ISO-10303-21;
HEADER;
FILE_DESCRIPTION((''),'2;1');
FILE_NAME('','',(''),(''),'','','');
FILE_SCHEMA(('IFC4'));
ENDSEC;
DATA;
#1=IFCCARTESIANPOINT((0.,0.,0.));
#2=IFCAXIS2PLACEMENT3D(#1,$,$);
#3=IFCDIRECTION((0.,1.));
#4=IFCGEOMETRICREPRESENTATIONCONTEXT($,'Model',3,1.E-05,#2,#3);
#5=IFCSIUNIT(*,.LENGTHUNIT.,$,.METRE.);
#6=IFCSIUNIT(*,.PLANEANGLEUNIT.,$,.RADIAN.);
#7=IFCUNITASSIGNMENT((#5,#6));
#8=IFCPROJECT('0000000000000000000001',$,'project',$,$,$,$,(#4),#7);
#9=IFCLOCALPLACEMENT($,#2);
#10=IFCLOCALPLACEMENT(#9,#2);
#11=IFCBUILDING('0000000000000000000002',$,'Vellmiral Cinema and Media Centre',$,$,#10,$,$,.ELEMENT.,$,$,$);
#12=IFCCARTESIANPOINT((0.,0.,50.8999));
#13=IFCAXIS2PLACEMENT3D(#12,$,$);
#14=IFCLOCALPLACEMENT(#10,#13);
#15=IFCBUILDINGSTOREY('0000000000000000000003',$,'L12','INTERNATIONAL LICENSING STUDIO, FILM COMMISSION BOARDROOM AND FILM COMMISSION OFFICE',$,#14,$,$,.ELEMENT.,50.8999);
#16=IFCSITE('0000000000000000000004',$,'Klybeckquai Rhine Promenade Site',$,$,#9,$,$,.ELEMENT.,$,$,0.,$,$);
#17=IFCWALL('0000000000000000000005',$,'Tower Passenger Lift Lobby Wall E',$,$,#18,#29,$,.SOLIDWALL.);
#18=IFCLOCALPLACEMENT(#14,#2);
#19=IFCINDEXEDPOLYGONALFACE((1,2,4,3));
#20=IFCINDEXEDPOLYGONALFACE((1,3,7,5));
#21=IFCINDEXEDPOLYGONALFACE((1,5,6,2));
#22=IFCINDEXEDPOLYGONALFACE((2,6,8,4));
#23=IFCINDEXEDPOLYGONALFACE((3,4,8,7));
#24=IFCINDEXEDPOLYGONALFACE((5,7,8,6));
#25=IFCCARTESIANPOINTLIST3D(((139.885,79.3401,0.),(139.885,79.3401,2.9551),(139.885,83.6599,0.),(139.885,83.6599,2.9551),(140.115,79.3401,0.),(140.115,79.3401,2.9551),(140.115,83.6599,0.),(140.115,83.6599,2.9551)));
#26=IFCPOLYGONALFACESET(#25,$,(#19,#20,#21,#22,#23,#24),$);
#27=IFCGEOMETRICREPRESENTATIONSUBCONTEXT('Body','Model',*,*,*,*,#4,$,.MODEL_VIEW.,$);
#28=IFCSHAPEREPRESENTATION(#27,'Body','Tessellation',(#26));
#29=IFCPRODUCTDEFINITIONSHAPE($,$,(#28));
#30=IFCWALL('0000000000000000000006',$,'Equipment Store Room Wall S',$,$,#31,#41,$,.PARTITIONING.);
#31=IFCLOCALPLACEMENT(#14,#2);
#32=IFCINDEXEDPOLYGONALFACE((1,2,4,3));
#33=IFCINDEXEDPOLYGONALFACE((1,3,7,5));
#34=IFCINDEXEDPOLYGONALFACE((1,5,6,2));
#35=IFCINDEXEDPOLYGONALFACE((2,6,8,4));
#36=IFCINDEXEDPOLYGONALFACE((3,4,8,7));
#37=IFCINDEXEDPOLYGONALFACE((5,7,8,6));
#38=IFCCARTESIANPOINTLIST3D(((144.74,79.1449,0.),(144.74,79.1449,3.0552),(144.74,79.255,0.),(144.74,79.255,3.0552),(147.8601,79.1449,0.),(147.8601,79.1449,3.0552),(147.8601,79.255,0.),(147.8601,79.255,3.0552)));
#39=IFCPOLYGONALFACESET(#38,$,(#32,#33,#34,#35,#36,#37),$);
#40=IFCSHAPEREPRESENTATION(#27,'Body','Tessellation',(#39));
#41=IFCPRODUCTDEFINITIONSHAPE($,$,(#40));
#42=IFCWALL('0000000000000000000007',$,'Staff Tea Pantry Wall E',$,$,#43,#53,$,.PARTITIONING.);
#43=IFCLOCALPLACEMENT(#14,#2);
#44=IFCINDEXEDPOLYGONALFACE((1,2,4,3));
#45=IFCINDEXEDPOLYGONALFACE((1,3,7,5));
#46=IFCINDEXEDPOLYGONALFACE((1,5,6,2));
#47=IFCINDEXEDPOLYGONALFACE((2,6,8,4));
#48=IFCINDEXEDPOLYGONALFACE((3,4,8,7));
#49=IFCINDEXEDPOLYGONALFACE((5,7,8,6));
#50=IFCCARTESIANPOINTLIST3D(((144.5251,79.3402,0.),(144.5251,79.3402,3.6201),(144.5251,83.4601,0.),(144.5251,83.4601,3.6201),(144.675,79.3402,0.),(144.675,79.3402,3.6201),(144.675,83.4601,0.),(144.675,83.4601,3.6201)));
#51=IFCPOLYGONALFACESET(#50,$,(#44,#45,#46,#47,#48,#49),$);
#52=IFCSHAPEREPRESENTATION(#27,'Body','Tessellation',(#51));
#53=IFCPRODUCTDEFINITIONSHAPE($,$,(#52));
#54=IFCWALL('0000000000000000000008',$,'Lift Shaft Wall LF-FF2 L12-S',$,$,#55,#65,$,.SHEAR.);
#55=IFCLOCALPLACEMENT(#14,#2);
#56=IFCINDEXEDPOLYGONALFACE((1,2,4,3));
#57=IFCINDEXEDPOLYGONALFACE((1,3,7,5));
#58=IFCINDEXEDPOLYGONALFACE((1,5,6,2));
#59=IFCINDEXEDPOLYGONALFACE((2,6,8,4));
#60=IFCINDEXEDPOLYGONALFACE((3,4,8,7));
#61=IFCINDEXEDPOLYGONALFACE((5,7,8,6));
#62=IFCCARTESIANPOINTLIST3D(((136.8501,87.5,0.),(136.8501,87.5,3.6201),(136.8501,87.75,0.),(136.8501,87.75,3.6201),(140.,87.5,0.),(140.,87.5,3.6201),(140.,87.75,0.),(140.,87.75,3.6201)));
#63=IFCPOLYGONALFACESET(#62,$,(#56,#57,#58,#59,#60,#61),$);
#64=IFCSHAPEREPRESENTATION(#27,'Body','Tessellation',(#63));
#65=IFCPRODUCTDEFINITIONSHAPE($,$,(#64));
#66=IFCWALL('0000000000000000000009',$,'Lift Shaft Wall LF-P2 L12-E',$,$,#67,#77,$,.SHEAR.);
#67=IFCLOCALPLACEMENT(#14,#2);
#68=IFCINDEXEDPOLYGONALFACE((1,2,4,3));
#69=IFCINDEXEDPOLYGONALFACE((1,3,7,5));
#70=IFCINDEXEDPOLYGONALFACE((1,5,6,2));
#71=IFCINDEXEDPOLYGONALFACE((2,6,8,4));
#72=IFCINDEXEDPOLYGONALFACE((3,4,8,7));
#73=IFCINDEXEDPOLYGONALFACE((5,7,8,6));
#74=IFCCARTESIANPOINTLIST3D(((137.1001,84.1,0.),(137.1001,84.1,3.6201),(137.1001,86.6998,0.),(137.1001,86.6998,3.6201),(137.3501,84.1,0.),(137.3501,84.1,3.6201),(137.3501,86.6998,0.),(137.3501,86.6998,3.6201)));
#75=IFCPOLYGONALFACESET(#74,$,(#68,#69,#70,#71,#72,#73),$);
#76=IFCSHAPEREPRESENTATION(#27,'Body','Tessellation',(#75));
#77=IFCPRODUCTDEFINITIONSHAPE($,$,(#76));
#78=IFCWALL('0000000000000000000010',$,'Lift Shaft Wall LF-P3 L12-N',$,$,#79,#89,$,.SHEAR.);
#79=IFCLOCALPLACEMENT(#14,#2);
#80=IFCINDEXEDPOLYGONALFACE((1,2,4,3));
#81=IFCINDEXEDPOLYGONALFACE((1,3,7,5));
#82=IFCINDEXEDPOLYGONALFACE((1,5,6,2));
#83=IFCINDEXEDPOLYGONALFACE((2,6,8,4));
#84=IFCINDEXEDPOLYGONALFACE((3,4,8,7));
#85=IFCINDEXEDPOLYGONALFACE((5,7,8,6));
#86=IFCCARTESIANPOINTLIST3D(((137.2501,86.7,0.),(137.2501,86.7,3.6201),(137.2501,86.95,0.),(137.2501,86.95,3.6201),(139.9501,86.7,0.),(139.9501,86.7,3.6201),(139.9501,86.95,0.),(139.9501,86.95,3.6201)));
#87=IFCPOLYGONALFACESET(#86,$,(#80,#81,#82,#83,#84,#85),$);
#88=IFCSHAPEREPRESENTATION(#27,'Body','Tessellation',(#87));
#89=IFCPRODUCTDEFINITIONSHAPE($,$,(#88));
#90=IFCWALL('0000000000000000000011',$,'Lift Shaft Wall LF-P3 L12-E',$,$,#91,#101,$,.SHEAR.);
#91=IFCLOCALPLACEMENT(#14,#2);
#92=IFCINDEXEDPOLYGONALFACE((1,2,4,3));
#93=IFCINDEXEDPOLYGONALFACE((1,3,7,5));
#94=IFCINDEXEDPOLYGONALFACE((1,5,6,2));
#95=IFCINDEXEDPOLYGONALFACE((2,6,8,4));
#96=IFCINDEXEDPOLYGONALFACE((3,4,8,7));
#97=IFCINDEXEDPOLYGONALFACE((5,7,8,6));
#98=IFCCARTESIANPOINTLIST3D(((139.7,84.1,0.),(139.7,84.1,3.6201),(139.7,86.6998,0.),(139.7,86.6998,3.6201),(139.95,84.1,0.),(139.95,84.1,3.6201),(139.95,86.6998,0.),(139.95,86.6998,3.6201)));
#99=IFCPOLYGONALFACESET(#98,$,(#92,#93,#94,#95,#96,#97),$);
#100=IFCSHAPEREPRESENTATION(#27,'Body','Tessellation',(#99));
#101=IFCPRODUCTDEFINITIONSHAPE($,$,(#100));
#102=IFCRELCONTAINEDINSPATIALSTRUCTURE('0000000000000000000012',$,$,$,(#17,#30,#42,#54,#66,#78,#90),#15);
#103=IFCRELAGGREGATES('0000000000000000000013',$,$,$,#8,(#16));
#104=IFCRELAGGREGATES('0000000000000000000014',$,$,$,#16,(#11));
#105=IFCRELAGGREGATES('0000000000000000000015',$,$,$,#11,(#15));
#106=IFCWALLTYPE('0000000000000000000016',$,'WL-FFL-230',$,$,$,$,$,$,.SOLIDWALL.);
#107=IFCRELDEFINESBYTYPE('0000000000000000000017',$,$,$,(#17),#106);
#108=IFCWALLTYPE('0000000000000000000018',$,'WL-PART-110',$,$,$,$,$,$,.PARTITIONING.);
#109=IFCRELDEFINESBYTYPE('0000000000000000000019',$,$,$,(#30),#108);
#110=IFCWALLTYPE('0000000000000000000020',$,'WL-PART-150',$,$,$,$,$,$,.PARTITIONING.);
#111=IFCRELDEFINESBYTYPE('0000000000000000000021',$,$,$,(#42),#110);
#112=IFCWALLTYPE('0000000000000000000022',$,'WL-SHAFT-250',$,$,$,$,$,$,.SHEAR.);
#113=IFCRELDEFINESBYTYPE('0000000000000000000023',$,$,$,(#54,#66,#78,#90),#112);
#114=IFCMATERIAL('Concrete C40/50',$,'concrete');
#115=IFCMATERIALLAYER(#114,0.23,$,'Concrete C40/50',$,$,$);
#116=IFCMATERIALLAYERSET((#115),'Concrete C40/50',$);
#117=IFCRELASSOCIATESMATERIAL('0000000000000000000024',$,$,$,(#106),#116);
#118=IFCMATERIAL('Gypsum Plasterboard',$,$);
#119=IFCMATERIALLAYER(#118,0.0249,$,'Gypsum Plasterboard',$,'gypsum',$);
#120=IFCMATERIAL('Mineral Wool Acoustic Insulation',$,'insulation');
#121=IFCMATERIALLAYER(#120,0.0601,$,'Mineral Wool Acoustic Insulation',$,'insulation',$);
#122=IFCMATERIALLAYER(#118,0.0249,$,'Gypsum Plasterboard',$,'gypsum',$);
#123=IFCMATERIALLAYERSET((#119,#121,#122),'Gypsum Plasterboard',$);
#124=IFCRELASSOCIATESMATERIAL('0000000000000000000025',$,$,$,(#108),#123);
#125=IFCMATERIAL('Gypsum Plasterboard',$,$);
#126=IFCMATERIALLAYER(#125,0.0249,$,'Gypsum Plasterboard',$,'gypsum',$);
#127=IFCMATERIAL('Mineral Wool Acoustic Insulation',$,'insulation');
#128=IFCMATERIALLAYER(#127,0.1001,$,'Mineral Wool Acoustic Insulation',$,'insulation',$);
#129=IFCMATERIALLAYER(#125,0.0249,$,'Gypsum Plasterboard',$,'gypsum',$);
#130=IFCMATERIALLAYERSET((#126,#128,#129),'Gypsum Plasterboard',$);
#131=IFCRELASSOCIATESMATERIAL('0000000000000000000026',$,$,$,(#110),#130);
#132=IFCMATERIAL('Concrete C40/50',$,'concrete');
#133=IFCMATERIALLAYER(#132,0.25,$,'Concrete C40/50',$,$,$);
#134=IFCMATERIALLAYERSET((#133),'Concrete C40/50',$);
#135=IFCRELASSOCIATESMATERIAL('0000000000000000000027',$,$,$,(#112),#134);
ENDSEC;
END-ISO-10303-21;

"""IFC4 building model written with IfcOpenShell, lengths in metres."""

from ifc_helpers import new_model, si_unit, direction, frame, frame_2d, origin, place, context, subcontext, project, spatial, rectangle, extrude, material, layer, layer_set, type_object, element, save


model = new_model("IFC4")

# Units and contexts
model_context = context("Model", 3, precision=1e-05, world=origin(), true_north=direction((0.0, 1.0)))
body_context = subcontext(model_context, "Body", "Model", "MODEL_VIEW")
ifc_project = project(units=[si_unit("LENGTHUNIT", "METRE"), si_unit("PLANEANGLEUNIT", "RADIAN")], contexts=[model_context])

# Site, building, storey
site_placement = place(None, origin())
site = spatial("IfcSite", under=ifc_project, at=site_placement, Name="Klybeckquai Rhine Promenade Site", CompositionType="ELEMENT", RefElevation=0.0)
building_placement = place(site_placement, origin())
building = spatial("IfcBuilding", under=site, at=building_placement, Name="Vellmiral Cinema and Media Centre", CompositionType="ELEMENT")
storey_placement = place(building_placement, frame((0.0, 0.0, 50.8999)))
storey = spatial("IfcBuildingStorey", under=building, at=storey_placement, Name="L12", Description="INTERNATIONAL LICENSING STUDIO, FILM COMMISSION BOARDROOM AND FILM COMMISSION OFFICE", CompositionType="ELEMENT", Elevation=50.8999)

# Walls
ifc_material_1 = material(Name="Concrete C40/50", Category="concrete")
ifc_layer_1 = layer(ifc_material_1, 0.23, Name="Concrete C40/50")
ifc_layer_set_1 = layer_set([ifc_layer_1], Name="Concrete C40/50")
wall_type_1 = type_object("IfcWallType", Name="WL-FFL-230", PredefinedType="SOLIDWALL", material=ifc_layer_set_1)
wall_1_placement = place(storey_placement, frame((140.0, 79.3401, 0.0), z_axis=(0.0, 0.0, 1.0), x_axis=(0.0, 1.0, 0.0)))
element("IfcWall", 1, at=wall_1_placement, inside=storey, type_object=wall_type_1, Name="Tower Passenger Lift Lobby Wall E", PredefinedType="SOLIDWALL", context=body_context, shape_type="SweptSolid", body=[
    extrude(rectangle(XDim=4.3198, YDim=0.23, at=frame_2d((2.1599, 0.0))), origin(), (0.0, 0.0, 1.0), 2.9551),
])
ifc_material_2 = material(Name="Gypsum Plasterboard")
ifc_layer_2 = layer(ifc_material_2, 0.0249, Name="Gypsum Plasterboard", Category="gypsum")
ifc_material_3 = material(Name="Mineral Wool Acoustic Insulation", Category="insulation")
ifc_layer_3 = layer(ifc_material_3, 0.0601, Name="Mineral Wool Acoustic Insulation", Category="insulation")
ifc_layer_4 = layer(ifc_material_2, 0.0249, Name="Gypsum Plasterboard", Category="gypsum")
ifc_layer_set_2 = layer_set([ifc_layer_2, ifc_layer_3, ifc_layer_4], Name="Gypsum Plasterboard")
wall_type_2 = type_object("IfcWallType", Name="WL-PART-110", PredefinedType="PARTITIONING", material=ifc_layer_set_2)
wall_2_placement = place(storey_placement, frame((144.74, 79.2, 0.0), z_axis=(0.0, 0.0, 1.0), x_axis=(1.0, 0.0, 0.0)))
element("IfcWall", 2, at=wall_2_placement, inside=storey, type_object=wall_type_2, Name="Equipment Store Room Wall S", PredefinedType="PARTITIONING", context=body_context, shape_type="SweptSolid", body=[
    extrude(rectangle(XDim=3.1201, YDim=0.1101, at=frame_2d((1.5601, 0.0))), origin(), (0.0, 0.0, 1.0), 3.0552),
])
ifc_material_4 = material(Name="Gypsum Plasterboard")
ifc_layer_5 = layer(ifc_material_4, 0.0249, Name="Gypsum Plasterboard", Category="gypsum")
ifc_material_5 = material(Name="Mineral Wool Acoustic Insulation", Category="insulation")
ifc_layer_6 = layer(ifc_material_5, 0.1001, Name="Mineral Wool Acoustic Insulation", Category="insulation")
ifc_layer_7 = layer(ifc_material_4, 0.0249, Name="Gypsum Plasterboard", Category="gypsum")
ifc_layer_set_3 = layer_set([ifc_layer_5, ifc_layer_6, ifc_layer_7], Name="Gypsum Plasterboard")
wall_type_3 = type_object("IfcWallType", Name="WL-PART-150", PredefinedType="PARTITIONING", material=ifc_layer_set_3)
wall_3_placement = place(storey_placement, frame((144.6001, 79.3401, 0.0), z_axis=(0.0, 0.0, 1.0), x_axis=(0.0, 1.0, 0.0)))
element("IfcWall", 3, at=wall_3_placement, inside=storey, type_object=wall_type_3, Name="Staff Tea Pantry Wall E", PredefinedType="PARTITIONING", context=body_context, shape_type="SweptSolid", body=[
    extrude(rectangle(XDim=4.1199, YDim=0.1499, at=frame_2d((2.0601, 0.0))), origin(), (0.0, 0.0, 1.0), 3.6201),
])

# Walls
ifc_material_6 = material(Name="Concrete C40/50", Category="concrete")
ifc_layer_8 = layer(ifc_material_6, 0.25, Name="Concrete C40/50")
ifc_layer_set_4 = layer_set([ifc_layer_8], Name="Concrete C40/50")
wall_type_4 = type_object("IfcWallType", Name="WL-SHAFT-250", PredefinedType="SHEAR", material=ifc_layer_set_4)
wall_4_placement = place(storey_placement, frame((136.8501, 87.625, 0.0), z_axis=(0.0, 0.0, 1.0), x_axis=(1.0, 0.0, 0.0)))
element("IfcWall", 4, at=wall_4_placement, inside=storey, type_object=wall_type_4, Name="Lift Shaft Wall LF-FF2 L12-S", PredefinedType="SHEAR", context=body_context, shape_type="SweptSolid", body=[
    extrude(rectangle(XDim=3.1499, YDim=0.25, at=frame_2d((1.575, 0.0))), origin(), (0.0, 0.0, 1.0), 3.6201),
])
wall_5_placement = place(storey_placement, frame((137.2251, 84.1001, 0.0), z_axis=(0.0, 0.0, 1.0), x_axis=(0.0, 1.0, 0.0)))
element("IfcWall", 5, at=wall_5_placement, inside=storey, type_object=wall_type_4, Name="Lift Shaft Wall LF-P2 L12-E", PredefinedType="SHEAR", context=body_context, shape_type="SweptSolid", body=[
    extrude(rectangle(XDim=2.5999, YDim=0.25, at=frame_2d((1.2998, 0.0))), origin(), (0.0, 0.0, 1.0), 3.6201),
])

# Walls
wall_6_placement = place(storey_placement, frame((137.25, 86.825, 0.0), z_axis=(0.0, 0.0, 1.0), x_axis=(1.0, 0.0, 0.0)))
element("IfcWall", 6, at=wall_6_placement, inside=storey, type_object=wall_type_4, Name="Lift Shaft Wall LF-P3 L12-N", PredefinedType="SHEAR", context=body_context, shape_type="SweptSolid", body=[
    extrude(rectangle(XDim=2.7, YDim=0.25, at=frame_2d((1.3501, 0.0))), origin(), (0.0, 0.0, 1.0), 3.6201),
])
wall_7_placement = place(storey_placement, frame((139.825, 84.1001, 0.0), z_axis=(0.0, 0.0, 1.0), x_axis=(0.0, 1.0, 0.0)))
element("IfcWall", 7, at=wall_7_placement, inside=storey, type_object=wall_type_4, Name="Lift Shaft Wall LF-P3 L12-E", PredefinedType="SHEAR", context=body_context, shape_type="SweptSolid", body=[
    extrude(rectangle(XDim=2.5999, YDim=0.25, at=frame_2d((1.2998, 0.0))), origin(), (0.0, 0.0, 1.0), 3.6201),
])

save(model, "model.ifc")
